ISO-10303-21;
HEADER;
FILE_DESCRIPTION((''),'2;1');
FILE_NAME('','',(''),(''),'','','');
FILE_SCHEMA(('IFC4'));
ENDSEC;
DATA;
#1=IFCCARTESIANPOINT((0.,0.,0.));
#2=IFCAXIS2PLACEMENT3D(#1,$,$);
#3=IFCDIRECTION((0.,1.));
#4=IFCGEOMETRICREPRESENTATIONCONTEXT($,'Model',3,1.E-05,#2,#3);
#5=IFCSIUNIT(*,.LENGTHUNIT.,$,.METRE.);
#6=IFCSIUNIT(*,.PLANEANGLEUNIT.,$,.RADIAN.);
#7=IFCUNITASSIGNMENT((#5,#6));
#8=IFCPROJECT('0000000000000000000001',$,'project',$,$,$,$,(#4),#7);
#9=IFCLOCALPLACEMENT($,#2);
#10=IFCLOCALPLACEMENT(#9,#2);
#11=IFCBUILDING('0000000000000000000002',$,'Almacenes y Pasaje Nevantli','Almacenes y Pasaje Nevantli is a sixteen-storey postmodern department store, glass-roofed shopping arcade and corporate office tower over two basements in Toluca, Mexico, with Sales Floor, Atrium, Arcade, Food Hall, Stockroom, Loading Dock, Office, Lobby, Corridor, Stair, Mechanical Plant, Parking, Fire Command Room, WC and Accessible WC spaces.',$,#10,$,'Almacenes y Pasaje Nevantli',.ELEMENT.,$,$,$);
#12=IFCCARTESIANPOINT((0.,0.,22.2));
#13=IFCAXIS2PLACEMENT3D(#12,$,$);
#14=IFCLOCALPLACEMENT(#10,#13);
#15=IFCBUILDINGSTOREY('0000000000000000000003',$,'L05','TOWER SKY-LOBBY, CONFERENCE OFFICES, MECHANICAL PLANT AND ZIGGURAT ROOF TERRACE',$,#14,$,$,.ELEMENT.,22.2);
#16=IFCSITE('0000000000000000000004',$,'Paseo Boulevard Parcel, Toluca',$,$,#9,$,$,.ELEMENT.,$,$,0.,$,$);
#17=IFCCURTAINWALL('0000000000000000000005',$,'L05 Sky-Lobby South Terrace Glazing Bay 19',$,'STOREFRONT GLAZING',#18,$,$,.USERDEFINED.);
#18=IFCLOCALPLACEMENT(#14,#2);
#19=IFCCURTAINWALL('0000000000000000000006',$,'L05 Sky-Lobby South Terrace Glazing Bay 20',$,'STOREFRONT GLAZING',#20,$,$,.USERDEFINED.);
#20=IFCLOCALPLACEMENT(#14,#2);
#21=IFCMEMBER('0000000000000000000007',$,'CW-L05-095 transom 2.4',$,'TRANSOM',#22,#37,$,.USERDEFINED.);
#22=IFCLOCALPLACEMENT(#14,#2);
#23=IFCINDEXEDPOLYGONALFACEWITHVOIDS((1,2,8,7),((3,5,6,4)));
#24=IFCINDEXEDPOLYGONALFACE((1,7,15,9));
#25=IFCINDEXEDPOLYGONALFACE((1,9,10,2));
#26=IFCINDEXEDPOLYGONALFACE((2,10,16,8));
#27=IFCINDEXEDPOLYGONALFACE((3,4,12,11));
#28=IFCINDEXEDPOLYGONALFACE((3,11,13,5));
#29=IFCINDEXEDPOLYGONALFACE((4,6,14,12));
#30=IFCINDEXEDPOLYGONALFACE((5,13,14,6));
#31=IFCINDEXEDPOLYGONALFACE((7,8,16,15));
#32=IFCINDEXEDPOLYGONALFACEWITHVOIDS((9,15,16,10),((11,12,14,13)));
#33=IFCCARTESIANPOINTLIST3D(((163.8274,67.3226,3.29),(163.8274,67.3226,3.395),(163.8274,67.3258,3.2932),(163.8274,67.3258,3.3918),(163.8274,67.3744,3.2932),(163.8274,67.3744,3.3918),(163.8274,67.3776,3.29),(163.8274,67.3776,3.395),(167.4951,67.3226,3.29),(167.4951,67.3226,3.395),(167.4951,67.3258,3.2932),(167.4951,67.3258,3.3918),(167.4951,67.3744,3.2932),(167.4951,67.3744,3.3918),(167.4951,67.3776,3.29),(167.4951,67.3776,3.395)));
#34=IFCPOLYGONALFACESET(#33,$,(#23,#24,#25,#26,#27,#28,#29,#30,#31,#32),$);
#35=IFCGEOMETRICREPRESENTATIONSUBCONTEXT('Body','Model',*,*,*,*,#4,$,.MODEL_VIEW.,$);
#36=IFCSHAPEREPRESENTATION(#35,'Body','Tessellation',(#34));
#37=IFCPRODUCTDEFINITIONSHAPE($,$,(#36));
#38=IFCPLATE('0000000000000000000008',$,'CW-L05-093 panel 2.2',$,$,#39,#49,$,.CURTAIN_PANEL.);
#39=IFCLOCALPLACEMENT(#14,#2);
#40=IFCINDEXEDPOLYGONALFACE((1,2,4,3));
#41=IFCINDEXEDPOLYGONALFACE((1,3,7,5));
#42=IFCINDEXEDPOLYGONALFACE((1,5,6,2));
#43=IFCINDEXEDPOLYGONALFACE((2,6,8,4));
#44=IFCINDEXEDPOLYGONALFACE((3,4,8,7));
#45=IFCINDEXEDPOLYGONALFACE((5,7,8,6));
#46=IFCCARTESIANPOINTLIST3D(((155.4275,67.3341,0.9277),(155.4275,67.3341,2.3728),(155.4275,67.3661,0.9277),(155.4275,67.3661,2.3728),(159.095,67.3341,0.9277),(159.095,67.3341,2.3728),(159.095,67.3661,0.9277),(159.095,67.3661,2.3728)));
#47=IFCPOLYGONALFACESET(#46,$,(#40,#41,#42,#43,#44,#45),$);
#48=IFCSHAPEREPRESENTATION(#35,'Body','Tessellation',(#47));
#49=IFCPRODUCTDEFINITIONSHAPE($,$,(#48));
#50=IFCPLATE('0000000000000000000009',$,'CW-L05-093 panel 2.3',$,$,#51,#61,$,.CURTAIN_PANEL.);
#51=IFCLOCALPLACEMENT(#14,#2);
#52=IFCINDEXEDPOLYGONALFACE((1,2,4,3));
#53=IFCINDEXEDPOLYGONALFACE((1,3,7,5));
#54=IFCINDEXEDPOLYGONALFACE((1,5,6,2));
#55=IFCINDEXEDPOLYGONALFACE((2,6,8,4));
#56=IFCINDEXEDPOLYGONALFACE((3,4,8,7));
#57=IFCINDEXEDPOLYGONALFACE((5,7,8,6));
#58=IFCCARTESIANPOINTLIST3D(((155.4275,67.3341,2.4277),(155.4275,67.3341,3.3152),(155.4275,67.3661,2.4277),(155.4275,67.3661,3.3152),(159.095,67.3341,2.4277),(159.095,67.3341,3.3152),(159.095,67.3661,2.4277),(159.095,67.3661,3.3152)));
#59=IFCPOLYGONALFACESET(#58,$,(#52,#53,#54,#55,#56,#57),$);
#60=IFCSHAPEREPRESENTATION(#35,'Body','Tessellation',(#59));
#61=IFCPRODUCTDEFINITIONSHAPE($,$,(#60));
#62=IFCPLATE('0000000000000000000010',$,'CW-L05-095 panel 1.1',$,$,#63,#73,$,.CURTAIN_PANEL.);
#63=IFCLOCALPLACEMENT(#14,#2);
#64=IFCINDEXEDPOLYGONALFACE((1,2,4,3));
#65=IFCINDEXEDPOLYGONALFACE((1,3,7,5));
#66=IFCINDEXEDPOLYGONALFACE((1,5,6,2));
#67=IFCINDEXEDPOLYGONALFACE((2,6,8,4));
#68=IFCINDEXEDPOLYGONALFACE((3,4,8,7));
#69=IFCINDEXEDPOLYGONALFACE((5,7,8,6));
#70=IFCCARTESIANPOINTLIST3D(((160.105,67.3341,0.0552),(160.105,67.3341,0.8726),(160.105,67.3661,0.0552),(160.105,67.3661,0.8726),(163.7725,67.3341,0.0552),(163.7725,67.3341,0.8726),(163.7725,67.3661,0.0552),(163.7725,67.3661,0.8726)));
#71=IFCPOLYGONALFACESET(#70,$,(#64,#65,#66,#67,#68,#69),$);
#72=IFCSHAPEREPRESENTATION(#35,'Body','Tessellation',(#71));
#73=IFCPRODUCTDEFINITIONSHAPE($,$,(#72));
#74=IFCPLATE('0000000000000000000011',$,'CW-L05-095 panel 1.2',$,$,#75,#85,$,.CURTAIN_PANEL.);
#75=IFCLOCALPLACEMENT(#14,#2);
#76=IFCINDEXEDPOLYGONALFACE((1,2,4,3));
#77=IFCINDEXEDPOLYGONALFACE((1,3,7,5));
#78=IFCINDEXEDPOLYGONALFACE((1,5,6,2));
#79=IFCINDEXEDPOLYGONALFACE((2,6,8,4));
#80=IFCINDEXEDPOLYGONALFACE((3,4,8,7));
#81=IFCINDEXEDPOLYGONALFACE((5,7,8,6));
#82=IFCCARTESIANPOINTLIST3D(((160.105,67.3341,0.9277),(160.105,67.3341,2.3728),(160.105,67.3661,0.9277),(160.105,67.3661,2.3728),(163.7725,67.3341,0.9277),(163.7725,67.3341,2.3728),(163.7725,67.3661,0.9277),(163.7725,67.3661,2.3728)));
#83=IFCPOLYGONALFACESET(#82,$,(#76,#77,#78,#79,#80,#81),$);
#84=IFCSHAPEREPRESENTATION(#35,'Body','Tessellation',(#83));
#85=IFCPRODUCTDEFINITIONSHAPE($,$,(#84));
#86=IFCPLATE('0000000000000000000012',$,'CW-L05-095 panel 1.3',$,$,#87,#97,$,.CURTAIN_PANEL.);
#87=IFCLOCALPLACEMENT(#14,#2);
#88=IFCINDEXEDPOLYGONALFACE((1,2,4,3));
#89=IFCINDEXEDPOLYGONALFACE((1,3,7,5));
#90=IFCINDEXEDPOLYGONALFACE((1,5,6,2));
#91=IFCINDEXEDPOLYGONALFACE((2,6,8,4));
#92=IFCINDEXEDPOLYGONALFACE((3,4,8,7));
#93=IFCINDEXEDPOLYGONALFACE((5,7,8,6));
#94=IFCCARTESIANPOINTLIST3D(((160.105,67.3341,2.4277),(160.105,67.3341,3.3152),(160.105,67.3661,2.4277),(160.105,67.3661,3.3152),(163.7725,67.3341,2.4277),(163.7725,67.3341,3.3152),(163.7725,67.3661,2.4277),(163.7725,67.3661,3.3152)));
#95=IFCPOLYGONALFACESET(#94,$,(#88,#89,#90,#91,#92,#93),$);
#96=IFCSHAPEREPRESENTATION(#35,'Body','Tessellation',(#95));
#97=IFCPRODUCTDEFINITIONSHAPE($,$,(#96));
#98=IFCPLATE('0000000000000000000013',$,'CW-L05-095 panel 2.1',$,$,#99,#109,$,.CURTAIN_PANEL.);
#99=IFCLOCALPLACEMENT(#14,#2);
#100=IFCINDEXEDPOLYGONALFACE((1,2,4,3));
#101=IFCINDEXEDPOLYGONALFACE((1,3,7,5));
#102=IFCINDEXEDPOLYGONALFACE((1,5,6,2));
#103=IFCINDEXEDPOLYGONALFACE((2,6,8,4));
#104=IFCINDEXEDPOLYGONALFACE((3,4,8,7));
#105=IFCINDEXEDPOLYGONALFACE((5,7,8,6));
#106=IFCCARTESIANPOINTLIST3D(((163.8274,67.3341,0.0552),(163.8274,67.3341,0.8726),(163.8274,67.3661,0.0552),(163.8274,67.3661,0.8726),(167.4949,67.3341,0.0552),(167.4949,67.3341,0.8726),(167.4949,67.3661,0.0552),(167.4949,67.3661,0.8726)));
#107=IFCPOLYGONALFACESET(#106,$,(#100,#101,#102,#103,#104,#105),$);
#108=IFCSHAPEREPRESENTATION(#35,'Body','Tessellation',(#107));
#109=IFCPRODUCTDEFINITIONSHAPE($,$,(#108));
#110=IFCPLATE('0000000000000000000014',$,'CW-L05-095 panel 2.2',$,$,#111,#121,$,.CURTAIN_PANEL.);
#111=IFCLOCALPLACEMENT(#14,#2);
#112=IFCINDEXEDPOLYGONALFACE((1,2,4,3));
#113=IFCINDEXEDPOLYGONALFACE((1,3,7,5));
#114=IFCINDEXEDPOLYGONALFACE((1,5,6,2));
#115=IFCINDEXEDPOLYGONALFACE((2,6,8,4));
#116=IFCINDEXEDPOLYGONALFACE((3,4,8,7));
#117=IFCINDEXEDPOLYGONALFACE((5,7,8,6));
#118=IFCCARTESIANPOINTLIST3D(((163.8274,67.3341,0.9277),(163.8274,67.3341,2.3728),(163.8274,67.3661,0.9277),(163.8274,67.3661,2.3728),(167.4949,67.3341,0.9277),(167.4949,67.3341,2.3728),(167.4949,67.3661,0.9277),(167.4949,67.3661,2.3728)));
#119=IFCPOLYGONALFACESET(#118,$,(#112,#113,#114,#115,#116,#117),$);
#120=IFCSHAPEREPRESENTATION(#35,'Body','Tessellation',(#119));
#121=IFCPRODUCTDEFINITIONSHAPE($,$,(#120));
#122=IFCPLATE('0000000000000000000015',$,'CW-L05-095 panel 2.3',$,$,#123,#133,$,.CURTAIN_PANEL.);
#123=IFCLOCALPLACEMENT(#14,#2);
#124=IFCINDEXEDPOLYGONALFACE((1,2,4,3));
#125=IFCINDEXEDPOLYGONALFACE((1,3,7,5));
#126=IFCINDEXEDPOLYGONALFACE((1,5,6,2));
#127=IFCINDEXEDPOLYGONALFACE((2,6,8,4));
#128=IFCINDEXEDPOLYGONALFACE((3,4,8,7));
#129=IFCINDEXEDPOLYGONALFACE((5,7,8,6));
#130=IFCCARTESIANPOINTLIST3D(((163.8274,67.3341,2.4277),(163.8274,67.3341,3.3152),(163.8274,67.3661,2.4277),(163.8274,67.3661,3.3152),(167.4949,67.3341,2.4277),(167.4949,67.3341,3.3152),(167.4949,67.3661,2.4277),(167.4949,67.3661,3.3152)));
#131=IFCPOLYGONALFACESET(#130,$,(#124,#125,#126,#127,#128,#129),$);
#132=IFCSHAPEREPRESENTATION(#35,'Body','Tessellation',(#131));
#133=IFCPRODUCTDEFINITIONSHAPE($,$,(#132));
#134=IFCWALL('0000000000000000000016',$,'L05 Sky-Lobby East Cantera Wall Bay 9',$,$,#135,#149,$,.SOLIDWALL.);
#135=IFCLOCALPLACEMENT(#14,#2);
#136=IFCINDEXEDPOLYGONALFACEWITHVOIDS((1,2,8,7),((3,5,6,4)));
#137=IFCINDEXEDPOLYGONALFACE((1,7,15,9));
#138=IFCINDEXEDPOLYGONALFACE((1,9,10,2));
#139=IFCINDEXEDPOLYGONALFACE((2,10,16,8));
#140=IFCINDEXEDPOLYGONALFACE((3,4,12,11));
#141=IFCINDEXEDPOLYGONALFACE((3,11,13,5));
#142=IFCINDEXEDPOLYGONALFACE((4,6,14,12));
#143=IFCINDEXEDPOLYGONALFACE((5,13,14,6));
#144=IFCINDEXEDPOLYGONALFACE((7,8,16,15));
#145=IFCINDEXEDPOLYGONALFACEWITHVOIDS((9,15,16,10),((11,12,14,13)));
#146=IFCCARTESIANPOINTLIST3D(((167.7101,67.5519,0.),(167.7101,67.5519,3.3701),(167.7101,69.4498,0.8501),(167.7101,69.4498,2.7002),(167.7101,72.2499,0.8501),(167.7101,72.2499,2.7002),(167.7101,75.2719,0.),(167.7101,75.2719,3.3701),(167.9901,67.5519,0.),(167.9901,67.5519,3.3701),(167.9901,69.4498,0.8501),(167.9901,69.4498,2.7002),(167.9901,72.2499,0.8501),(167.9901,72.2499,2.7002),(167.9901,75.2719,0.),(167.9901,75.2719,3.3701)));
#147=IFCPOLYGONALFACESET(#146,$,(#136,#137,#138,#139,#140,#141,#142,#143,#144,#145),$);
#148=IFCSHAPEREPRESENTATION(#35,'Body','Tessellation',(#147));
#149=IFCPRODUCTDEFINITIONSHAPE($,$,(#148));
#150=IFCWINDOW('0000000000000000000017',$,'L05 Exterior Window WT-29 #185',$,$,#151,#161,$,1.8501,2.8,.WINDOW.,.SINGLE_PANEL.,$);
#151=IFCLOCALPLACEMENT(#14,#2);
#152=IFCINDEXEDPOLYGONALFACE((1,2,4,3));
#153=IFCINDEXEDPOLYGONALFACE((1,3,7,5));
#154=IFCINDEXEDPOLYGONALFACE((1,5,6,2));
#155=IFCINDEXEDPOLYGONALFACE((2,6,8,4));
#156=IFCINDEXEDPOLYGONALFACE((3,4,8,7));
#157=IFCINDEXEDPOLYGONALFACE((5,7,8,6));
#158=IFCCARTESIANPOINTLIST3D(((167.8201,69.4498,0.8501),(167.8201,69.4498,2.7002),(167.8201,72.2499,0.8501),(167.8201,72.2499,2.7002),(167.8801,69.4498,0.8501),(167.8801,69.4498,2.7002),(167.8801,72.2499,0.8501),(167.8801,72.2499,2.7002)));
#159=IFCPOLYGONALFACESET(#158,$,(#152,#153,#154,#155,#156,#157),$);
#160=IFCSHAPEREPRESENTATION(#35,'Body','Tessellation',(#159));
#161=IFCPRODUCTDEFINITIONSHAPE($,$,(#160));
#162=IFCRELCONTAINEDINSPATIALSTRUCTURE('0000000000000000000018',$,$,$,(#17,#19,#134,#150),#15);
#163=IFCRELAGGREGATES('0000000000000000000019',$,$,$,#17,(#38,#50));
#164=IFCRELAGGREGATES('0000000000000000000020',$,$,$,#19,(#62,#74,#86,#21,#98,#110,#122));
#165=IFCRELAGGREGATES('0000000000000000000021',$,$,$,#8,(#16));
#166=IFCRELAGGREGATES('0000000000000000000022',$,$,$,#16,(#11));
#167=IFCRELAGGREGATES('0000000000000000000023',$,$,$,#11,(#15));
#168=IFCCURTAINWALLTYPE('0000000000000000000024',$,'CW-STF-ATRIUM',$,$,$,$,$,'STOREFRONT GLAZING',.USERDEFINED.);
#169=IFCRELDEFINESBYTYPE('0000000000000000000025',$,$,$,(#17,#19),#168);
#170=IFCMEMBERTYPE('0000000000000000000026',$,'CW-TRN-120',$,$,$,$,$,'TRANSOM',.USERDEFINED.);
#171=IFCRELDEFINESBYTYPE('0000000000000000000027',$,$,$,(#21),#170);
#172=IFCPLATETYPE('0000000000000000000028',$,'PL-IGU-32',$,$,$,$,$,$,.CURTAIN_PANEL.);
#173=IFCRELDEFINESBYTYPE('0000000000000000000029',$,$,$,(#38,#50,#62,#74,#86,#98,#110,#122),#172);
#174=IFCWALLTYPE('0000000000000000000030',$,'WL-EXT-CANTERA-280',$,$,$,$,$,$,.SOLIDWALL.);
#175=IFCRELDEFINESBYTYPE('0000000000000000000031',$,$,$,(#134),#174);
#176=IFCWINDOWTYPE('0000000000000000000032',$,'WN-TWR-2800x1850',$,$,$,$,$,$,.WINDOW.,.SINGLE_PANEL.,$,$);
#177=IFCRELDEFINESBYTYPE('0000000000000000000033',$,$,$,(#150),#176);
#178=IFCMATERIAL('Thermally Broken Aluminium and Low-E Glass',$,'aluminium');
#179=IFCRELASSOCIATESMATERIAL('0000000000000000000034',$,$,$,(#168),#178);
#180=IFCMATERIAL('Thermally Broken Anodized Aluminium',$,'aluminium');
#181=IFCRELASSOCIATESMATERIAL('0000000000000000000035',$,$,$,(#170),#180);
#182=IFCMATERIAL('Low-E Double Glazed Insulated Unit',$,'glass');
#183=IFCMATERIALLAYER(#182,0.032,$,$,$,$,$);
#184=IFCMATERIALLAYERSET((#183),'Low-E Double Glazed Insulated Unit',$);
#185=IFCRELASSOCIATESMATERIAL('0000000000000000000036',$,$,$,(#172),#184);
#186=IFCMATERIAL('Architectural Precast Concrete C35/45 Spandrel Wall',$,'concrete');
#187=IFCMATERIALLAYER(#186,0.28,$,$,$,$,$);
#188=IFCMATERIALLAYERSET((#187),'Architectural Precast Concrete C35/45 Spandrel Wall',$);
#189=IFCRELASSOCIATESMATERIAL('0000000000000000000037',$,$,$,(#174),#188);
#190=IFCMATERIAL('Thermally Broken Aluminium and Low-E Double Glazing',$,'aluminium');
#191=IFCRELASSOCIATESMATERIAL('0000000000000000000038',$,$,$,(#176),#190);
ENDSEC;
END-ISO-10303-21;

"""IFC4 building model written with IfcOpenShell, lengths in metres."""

from ifc_helpers import new_model, si_unit, direction, frame, frame_2d, origin, origin_2d, place, context, subcontext, project, spatial, rectangle, hollow_rectangle, extrude, material, layer, layer_set, material_profile, profile_set, type_object, element, fill, aggregate, save


model = new_model("IFC4")

# Units and contexts
model_context = context("Model", 3, precision=1e-05, world=origin(), true_north=direction((0.0, 1.0)))
body_context = subcontext(model_context, "Body", "Model", "MODEL_VIEW")
ifc_project = project(units=[si_unit("LENGTHUNIT", "METRE"), si_unit("PLANEANGLEUNIT", "RADIAN")], contexts=[model_context])

# Site, building, storey
site_placement = place(None, origin())
site = spatial("IfcSite", under=ifc_project, at=site_placement, Name="Paseo Boulevard Parcel, Toluca", CompositionType="ELEMENT", RefElevation=0.0)
building_placement = place(site_placement, origin())
building = spatial("IfcBuilding", under=site, at=building_placement, Name="Almacenes y Pasaje Nevantli", Description="Almacenes y Pasaje Nevantli is a sixteen-storey postmodern department store, glass-roofed shopping arcade and corporate office tower over two basements in Toluca, Mexico, with Sales Floor, Atrium, Arcade, Food Hall, Stockroom, Loading Dock, Office, Lobby, Corridor, Stair, Mechanical Plant, Parking, Fire Command Room, WC and Accessible WC spaces.", LongName="Almacenes y Pasaje Nevantli", CompositionType="ELEMENT")
storey_placement = place(building_placement, frame((0.0, 0.0, 22.2)))
storey = spatial("IfcBuildingStorey", under=building, at=storey_placement, Name="L05", Description="TOWER SKY-LOBBY, CONFERENCE OFFICES, MECHANICAL PLANT AND ZIGGURAT ROOF TERRACE", CompositionType="ELEMENT", Elevation=22.2)

# Curtain wall
ifc_material_1 = material(Name="Thermally Broken Aluminium and Low-E Glass", Category="aluminium")
curtain_wall_type = type_object("IfcCurtainWallType", Name="CW-STF-ATRIUM", ElementType="STOREFRONT GLAZING", PredefinedType="USERDEFINED", material=ifc_material_1)
curtain_wall_1_placement = place(storey_placement, origin())
curtain_wall_1 = element("IfcCurtainWall", 1, at=curtain_wall_1_placement, inside=storey, type_object=curtain_wall_type, Name="L05 Sky-Lobby South Terrace Glazing Bay 19", ObjectType="STOREFRONT GLAZING", PredefinedType="USERDEFINED")

# Curtain wall, member
curtain_wall_2_placement = place(storey_placement, origin())
curtain_wall_2 = element("IfcCurtainWall", 2, at=curtain_wall_2_placement, inside=storey, type_object=curtain_wall_type, Name="L05 Sky-Lobby South Terrace Glazing Bay 20", ObjectType="STOREFRONT GLAZING", PredefinedType="USERDEFINED")
ifc_material_2 = material(Name="Thermally Broken Anodized Aluminium", Category="aluminium")
ifc_material_profile_1 = material_profile(ifc_material_2, hollow_rectangle(XDim=0.0549, YDim=0.105, WallThickness=0.0032, at=origin_2d()), Name="ALU-TRN-55x105")
ifc_profile_set_1 = profile_set([ifc_material_profile_1], Name="Thermally Broken Anodized Aluminium")
member_type_1 = type_object("IfcMemberType", Name="CW-TRN-120", ElementType="TRANSOM", PredefinedType="USERDEFINED", material=ifc_profile_set_1)
member_1_placement = place(storey_placement, frame((163.8274, 67.3501, 3.3425), z_axis=(1.0, 0.0, 0.0), x_axis=(0.0, 1.0, 0.0)))
member_1 = element("IfcMember", 3, at=member_1_placement, type_object=member_type_1, Name="CW-L05-095 transom 2.4", ObjectType="TRANSOM", PredefinedType="USERDEFINED", context=body_context, shape_type="SweptSolid", body=[
    extrude(hollow_rectangle(XDim=0.0549, YDim=0.105, WallThickness=0.0032, at=origin_2d()), origin(), (0.0, 0.0, 1.0), 3.6677),
])

# Plates
ifc_material_3 = material(Name="Low-E Double Glazed Insulated Unit", Category="glass")
ifc_layer_1 = layer(ifc_material_3, 0.032)
ifc_layer_set_1 = layer_set([ifc_layer_1], Name="Low-E Double Glazed Insulated Unit")
plate_type = type_object("IfcPlateType", Name="PL-IGU-32", PredefinedType="CURTAIN_PANEL", material=ifc_layer_set_1)
plate_1_placement = place(storey_placement, frame((157.2612, 67.3501, 0.9277), z_axis=(0.0, 0.0, 1.0), x_axis=(1.0, 0.0, 0.0)))
plate_1 = element("IfcPlate", 4, at=plate_1_placement, type_object=plate_type, Name="CW-L05-093 panel 2.2", PredefinedType="CURTAIN_PANEL", context=body_context, shape_type="SweptSolid", body=[
    extrude(rectangle(XDim=3.6675, YDim=0.032, at=origin_2d()), origin(), (0.0, 0.0, 1.0), 1.4451),
])
plate_2_placement = place(storey_placement, frame((157.2612, 67.3501, 2.4277), z_axis=(0.0, 0.0, 1.0), x_axis=(1.0, 0.0, 0.0)))
plate_2 = element("IfcPlate", 5, at=plate_2_placement, type_object=plate_type, Name="CW-L05-093 panel 2.3", PredefinedType="CURTAIN_PANEL", context=body_context, shape_type="SweptSolid", body=[
    extrude(rectangle(XDim=3.6675, YDim=0.032, at=origin_2d()), origin(), (0.0, 0.0, 1.0), 0.8875),
])
aggregate(curtain_wall_1, [plate_1, plate_2])
plate_3_placement = place(storey_placement, frame((161.9387, 67.3501, 0.0552), z_axis=(0.0, 0.0, 1.0), x_axis=(1.0, 0.0, 0.0)))
plate_3 = element("IfcPlate", 6, at=plate_3_placement, type_object=plate_type, Name="CW-L05-095 panel 1.1", PredefinedType="CURTAIN_PANEL", context=body_context, shape_type="SweptSolid", body=[
    extrude(rectangle(XDim=3.6675, YDim=0.032, at=origin_2d()), origin(), (0.0, 0.0, 1.0), 0.8174),
])
plate_4_placement = place(storey_placement, frame((161.9387, 67.3501, 0.9277), z_axis=(0.0, 0.0, 1.0), x_axis=(1.0, 0.0, 0.0)))
plate_4 = element("IfcPlate", 7, at=plate_4_placement, type_object=plate_type, Name="CW-L05-095 panel 1.2", PredefinedType="CURTAIN_PANEL", context=body_context, shape_type="SweptSolid", body=[
    extrude(rectangle(XDim=3.6675, YDim=0.032, at=origin_2d()), origin(), (0.0, 0.0, 1.0), 1.4451),
])
plate_5_placement = place(storey_placement, frame((161.9387, 67.3501, 2.4277), z_axis=(0.0, 0.0, 1.0), x_axis=(1.0, 0.0, 0.0)))
plate_5 = element("IfcPlate", 8, at=plate_5_placement, type_object=plate_type, Name="CW-L05-095 panel 1.3", PredefinedType="CURTAIN_PANEL", context=body_context, shape_type="SweptSolid", body=[
    extrude(rectangle(XDim=3.6675, YDim=0.032, at=origin_2d()), origin(), (0.0, 0.0, 1.0), 0.8875),
])
plate_6_placement = place(storey_placement, frame((165.6611, 67.3501, 0.0552), z_axis=(0.0, 0.0, 1.0), x_axis=(1.0, 0.0, 0.0)))
plate_6 = element("IfcPlate", 9, at=plate_6_placement, type_object=plate_type, Name="CW-L05-095 panel 2.1", PredefinedType="CURTAIN_PANEL", context=body_context, shape_type="SweptSolid", body=[
    extrude(rectangle(XDim=3.6675, YDim=0.032, at=origin_2d()), origin(), (0.0, 0.0, 1.0), 0.8174),
])
plate_7_placement = place(storey_placement, frame((165.6611, 67.3501, 0.9277), z_axis=(0.0, 0.0, 1.0), x_axis=(1.0, 0.0, 0.0)))
plate_7 = element("IfcPlate", 10, at=plate_7_placement, type_object=plate_type, Name="CW-L05-095 panel 2.2", PredefinedType="CURTAIN_PANEL", context=body_context, shape_type="SweptSolid", body=[
    extrude(rectangle(XDim=3.6675, YDim=0.032, at=origin_2d()), origin(), (0.0, 0.0, 1.0), 1.4451),
])
plate_8_placement = place(storey_placement, frame((165.6611, 67.3501, 2.4277), z_axis=(0.0, 0.0, 1.0), x_axis=(1.0, 0.0, 0.0)))
plate_8 = element("IfcPlate", 11, at=plate_8_placement, type_object=plate_type, Name="CW-L05-095 panel 2.3", PredefinedType="CURTAIN_PANEL", context=body_context, shape_type="SweptSolid", body=[
    extrude(rectangle(XDim=3.6675, YDim=0.032, at=origin_2d()), origin(), (0.0, 0.0, 1.0), 0.8875),
])
aggregate(curtain_wall_2, [plate_3, plate_4, plate_5, member_1, plate_6, plate_7, plate_8])

# Wall, opening, window
ifc_material_4 = material(Name="Architectural Precast Concrete C35/45 Spandrel Wall", Category="concrete")
ifc_layer_2 = layer(ifc_material_4, 0.28)
ifc_layer_set_2 = layer_set([ifc_layer_2], Name="Architectural Precast Concrete C35/45 Spandrel Wall")
wall_type = type_object("IfcWallType", Name="WL-EXT-CANTERA-280", PredefinedType="SOLIDWALL", material=ifc_layer_set_2)
wall_placement = place(storey_placement, frame((167.8501, 67.552, 0.0), z_axis=(0.0, 0.0, 1.0), x_axis=(0.0, 1.0, 0.0)))
wall = element("IfcWall", 12, at=wall_placement, inside=storey, type_object=wall_type, Name="L05 Sky-Lobby East Cantera Wall Bay 9", PredefinedType="SOLIDWALL", context=body_context, shape_type="SweptSolid", body=[
    extrude(rectangle(XDim=7.72, YDim=0.28, at=frame_2d((3.8599, 0.0))), origin(), (0.0, 0.0, 1.0), 3.3701),
])
opening_placement = place(wall_placement, frame((1.8979, 0.0, 0.8501)))
opening = element("IfcOpeningElement", 13, at=opening_placement, cuts=wall, PredefinedType="OPENING", context=body_context, shape_type="SweptSolid", body=[
    extrude(rectangle(XDim=2.8, YDim=1.8501, at=frame_2d((1.3999, 0.925))), frame((0.0, 0.1499, 0.0), z_axis=(0.0, -1.0, 0.0), x_axis=(1.0, 0.0, 0.0)), (0.0, 0.0, 1.0), 0.3),
])
ifc_material_5 = material(Name="Thermally Broken Aluminium and Low-E Double Glazing", Category="aluminium")
window_type = type_object("IfcWindowType", Name="WN-TWR-2800x1850", PartitioningType="SINGLE_PANEL", PredefinedType="WINDOW", material=ifc_material_5)
window_placement = place(opening_placement, origin())
window = element("IfcWindow", 14, at=window_placement, inside=storey, type_object=window_type, Name="L05 Exterior Window WT-29 #185", OverallHeight=1.8501, OverallWidth=2.8, PartitioningType="SINGLE_PANEL", PredefinedType="WINDOW", context=body_context, shape_type="SweptSolid", body=[
    extrude(rectangle(XDim=2.8, YDim=1.8501, at=frame_2d((1.3999, 0.925))), frame((0.0, 0.03, 0.0), z_axis=(0.0, -1.0, 0.0), x_axis=(1.0, 0.0, 0.0)), (0.0, 0.0, 1.0), 0.0601),
])
fill(opening, window)

save(model, "model.ifc")
